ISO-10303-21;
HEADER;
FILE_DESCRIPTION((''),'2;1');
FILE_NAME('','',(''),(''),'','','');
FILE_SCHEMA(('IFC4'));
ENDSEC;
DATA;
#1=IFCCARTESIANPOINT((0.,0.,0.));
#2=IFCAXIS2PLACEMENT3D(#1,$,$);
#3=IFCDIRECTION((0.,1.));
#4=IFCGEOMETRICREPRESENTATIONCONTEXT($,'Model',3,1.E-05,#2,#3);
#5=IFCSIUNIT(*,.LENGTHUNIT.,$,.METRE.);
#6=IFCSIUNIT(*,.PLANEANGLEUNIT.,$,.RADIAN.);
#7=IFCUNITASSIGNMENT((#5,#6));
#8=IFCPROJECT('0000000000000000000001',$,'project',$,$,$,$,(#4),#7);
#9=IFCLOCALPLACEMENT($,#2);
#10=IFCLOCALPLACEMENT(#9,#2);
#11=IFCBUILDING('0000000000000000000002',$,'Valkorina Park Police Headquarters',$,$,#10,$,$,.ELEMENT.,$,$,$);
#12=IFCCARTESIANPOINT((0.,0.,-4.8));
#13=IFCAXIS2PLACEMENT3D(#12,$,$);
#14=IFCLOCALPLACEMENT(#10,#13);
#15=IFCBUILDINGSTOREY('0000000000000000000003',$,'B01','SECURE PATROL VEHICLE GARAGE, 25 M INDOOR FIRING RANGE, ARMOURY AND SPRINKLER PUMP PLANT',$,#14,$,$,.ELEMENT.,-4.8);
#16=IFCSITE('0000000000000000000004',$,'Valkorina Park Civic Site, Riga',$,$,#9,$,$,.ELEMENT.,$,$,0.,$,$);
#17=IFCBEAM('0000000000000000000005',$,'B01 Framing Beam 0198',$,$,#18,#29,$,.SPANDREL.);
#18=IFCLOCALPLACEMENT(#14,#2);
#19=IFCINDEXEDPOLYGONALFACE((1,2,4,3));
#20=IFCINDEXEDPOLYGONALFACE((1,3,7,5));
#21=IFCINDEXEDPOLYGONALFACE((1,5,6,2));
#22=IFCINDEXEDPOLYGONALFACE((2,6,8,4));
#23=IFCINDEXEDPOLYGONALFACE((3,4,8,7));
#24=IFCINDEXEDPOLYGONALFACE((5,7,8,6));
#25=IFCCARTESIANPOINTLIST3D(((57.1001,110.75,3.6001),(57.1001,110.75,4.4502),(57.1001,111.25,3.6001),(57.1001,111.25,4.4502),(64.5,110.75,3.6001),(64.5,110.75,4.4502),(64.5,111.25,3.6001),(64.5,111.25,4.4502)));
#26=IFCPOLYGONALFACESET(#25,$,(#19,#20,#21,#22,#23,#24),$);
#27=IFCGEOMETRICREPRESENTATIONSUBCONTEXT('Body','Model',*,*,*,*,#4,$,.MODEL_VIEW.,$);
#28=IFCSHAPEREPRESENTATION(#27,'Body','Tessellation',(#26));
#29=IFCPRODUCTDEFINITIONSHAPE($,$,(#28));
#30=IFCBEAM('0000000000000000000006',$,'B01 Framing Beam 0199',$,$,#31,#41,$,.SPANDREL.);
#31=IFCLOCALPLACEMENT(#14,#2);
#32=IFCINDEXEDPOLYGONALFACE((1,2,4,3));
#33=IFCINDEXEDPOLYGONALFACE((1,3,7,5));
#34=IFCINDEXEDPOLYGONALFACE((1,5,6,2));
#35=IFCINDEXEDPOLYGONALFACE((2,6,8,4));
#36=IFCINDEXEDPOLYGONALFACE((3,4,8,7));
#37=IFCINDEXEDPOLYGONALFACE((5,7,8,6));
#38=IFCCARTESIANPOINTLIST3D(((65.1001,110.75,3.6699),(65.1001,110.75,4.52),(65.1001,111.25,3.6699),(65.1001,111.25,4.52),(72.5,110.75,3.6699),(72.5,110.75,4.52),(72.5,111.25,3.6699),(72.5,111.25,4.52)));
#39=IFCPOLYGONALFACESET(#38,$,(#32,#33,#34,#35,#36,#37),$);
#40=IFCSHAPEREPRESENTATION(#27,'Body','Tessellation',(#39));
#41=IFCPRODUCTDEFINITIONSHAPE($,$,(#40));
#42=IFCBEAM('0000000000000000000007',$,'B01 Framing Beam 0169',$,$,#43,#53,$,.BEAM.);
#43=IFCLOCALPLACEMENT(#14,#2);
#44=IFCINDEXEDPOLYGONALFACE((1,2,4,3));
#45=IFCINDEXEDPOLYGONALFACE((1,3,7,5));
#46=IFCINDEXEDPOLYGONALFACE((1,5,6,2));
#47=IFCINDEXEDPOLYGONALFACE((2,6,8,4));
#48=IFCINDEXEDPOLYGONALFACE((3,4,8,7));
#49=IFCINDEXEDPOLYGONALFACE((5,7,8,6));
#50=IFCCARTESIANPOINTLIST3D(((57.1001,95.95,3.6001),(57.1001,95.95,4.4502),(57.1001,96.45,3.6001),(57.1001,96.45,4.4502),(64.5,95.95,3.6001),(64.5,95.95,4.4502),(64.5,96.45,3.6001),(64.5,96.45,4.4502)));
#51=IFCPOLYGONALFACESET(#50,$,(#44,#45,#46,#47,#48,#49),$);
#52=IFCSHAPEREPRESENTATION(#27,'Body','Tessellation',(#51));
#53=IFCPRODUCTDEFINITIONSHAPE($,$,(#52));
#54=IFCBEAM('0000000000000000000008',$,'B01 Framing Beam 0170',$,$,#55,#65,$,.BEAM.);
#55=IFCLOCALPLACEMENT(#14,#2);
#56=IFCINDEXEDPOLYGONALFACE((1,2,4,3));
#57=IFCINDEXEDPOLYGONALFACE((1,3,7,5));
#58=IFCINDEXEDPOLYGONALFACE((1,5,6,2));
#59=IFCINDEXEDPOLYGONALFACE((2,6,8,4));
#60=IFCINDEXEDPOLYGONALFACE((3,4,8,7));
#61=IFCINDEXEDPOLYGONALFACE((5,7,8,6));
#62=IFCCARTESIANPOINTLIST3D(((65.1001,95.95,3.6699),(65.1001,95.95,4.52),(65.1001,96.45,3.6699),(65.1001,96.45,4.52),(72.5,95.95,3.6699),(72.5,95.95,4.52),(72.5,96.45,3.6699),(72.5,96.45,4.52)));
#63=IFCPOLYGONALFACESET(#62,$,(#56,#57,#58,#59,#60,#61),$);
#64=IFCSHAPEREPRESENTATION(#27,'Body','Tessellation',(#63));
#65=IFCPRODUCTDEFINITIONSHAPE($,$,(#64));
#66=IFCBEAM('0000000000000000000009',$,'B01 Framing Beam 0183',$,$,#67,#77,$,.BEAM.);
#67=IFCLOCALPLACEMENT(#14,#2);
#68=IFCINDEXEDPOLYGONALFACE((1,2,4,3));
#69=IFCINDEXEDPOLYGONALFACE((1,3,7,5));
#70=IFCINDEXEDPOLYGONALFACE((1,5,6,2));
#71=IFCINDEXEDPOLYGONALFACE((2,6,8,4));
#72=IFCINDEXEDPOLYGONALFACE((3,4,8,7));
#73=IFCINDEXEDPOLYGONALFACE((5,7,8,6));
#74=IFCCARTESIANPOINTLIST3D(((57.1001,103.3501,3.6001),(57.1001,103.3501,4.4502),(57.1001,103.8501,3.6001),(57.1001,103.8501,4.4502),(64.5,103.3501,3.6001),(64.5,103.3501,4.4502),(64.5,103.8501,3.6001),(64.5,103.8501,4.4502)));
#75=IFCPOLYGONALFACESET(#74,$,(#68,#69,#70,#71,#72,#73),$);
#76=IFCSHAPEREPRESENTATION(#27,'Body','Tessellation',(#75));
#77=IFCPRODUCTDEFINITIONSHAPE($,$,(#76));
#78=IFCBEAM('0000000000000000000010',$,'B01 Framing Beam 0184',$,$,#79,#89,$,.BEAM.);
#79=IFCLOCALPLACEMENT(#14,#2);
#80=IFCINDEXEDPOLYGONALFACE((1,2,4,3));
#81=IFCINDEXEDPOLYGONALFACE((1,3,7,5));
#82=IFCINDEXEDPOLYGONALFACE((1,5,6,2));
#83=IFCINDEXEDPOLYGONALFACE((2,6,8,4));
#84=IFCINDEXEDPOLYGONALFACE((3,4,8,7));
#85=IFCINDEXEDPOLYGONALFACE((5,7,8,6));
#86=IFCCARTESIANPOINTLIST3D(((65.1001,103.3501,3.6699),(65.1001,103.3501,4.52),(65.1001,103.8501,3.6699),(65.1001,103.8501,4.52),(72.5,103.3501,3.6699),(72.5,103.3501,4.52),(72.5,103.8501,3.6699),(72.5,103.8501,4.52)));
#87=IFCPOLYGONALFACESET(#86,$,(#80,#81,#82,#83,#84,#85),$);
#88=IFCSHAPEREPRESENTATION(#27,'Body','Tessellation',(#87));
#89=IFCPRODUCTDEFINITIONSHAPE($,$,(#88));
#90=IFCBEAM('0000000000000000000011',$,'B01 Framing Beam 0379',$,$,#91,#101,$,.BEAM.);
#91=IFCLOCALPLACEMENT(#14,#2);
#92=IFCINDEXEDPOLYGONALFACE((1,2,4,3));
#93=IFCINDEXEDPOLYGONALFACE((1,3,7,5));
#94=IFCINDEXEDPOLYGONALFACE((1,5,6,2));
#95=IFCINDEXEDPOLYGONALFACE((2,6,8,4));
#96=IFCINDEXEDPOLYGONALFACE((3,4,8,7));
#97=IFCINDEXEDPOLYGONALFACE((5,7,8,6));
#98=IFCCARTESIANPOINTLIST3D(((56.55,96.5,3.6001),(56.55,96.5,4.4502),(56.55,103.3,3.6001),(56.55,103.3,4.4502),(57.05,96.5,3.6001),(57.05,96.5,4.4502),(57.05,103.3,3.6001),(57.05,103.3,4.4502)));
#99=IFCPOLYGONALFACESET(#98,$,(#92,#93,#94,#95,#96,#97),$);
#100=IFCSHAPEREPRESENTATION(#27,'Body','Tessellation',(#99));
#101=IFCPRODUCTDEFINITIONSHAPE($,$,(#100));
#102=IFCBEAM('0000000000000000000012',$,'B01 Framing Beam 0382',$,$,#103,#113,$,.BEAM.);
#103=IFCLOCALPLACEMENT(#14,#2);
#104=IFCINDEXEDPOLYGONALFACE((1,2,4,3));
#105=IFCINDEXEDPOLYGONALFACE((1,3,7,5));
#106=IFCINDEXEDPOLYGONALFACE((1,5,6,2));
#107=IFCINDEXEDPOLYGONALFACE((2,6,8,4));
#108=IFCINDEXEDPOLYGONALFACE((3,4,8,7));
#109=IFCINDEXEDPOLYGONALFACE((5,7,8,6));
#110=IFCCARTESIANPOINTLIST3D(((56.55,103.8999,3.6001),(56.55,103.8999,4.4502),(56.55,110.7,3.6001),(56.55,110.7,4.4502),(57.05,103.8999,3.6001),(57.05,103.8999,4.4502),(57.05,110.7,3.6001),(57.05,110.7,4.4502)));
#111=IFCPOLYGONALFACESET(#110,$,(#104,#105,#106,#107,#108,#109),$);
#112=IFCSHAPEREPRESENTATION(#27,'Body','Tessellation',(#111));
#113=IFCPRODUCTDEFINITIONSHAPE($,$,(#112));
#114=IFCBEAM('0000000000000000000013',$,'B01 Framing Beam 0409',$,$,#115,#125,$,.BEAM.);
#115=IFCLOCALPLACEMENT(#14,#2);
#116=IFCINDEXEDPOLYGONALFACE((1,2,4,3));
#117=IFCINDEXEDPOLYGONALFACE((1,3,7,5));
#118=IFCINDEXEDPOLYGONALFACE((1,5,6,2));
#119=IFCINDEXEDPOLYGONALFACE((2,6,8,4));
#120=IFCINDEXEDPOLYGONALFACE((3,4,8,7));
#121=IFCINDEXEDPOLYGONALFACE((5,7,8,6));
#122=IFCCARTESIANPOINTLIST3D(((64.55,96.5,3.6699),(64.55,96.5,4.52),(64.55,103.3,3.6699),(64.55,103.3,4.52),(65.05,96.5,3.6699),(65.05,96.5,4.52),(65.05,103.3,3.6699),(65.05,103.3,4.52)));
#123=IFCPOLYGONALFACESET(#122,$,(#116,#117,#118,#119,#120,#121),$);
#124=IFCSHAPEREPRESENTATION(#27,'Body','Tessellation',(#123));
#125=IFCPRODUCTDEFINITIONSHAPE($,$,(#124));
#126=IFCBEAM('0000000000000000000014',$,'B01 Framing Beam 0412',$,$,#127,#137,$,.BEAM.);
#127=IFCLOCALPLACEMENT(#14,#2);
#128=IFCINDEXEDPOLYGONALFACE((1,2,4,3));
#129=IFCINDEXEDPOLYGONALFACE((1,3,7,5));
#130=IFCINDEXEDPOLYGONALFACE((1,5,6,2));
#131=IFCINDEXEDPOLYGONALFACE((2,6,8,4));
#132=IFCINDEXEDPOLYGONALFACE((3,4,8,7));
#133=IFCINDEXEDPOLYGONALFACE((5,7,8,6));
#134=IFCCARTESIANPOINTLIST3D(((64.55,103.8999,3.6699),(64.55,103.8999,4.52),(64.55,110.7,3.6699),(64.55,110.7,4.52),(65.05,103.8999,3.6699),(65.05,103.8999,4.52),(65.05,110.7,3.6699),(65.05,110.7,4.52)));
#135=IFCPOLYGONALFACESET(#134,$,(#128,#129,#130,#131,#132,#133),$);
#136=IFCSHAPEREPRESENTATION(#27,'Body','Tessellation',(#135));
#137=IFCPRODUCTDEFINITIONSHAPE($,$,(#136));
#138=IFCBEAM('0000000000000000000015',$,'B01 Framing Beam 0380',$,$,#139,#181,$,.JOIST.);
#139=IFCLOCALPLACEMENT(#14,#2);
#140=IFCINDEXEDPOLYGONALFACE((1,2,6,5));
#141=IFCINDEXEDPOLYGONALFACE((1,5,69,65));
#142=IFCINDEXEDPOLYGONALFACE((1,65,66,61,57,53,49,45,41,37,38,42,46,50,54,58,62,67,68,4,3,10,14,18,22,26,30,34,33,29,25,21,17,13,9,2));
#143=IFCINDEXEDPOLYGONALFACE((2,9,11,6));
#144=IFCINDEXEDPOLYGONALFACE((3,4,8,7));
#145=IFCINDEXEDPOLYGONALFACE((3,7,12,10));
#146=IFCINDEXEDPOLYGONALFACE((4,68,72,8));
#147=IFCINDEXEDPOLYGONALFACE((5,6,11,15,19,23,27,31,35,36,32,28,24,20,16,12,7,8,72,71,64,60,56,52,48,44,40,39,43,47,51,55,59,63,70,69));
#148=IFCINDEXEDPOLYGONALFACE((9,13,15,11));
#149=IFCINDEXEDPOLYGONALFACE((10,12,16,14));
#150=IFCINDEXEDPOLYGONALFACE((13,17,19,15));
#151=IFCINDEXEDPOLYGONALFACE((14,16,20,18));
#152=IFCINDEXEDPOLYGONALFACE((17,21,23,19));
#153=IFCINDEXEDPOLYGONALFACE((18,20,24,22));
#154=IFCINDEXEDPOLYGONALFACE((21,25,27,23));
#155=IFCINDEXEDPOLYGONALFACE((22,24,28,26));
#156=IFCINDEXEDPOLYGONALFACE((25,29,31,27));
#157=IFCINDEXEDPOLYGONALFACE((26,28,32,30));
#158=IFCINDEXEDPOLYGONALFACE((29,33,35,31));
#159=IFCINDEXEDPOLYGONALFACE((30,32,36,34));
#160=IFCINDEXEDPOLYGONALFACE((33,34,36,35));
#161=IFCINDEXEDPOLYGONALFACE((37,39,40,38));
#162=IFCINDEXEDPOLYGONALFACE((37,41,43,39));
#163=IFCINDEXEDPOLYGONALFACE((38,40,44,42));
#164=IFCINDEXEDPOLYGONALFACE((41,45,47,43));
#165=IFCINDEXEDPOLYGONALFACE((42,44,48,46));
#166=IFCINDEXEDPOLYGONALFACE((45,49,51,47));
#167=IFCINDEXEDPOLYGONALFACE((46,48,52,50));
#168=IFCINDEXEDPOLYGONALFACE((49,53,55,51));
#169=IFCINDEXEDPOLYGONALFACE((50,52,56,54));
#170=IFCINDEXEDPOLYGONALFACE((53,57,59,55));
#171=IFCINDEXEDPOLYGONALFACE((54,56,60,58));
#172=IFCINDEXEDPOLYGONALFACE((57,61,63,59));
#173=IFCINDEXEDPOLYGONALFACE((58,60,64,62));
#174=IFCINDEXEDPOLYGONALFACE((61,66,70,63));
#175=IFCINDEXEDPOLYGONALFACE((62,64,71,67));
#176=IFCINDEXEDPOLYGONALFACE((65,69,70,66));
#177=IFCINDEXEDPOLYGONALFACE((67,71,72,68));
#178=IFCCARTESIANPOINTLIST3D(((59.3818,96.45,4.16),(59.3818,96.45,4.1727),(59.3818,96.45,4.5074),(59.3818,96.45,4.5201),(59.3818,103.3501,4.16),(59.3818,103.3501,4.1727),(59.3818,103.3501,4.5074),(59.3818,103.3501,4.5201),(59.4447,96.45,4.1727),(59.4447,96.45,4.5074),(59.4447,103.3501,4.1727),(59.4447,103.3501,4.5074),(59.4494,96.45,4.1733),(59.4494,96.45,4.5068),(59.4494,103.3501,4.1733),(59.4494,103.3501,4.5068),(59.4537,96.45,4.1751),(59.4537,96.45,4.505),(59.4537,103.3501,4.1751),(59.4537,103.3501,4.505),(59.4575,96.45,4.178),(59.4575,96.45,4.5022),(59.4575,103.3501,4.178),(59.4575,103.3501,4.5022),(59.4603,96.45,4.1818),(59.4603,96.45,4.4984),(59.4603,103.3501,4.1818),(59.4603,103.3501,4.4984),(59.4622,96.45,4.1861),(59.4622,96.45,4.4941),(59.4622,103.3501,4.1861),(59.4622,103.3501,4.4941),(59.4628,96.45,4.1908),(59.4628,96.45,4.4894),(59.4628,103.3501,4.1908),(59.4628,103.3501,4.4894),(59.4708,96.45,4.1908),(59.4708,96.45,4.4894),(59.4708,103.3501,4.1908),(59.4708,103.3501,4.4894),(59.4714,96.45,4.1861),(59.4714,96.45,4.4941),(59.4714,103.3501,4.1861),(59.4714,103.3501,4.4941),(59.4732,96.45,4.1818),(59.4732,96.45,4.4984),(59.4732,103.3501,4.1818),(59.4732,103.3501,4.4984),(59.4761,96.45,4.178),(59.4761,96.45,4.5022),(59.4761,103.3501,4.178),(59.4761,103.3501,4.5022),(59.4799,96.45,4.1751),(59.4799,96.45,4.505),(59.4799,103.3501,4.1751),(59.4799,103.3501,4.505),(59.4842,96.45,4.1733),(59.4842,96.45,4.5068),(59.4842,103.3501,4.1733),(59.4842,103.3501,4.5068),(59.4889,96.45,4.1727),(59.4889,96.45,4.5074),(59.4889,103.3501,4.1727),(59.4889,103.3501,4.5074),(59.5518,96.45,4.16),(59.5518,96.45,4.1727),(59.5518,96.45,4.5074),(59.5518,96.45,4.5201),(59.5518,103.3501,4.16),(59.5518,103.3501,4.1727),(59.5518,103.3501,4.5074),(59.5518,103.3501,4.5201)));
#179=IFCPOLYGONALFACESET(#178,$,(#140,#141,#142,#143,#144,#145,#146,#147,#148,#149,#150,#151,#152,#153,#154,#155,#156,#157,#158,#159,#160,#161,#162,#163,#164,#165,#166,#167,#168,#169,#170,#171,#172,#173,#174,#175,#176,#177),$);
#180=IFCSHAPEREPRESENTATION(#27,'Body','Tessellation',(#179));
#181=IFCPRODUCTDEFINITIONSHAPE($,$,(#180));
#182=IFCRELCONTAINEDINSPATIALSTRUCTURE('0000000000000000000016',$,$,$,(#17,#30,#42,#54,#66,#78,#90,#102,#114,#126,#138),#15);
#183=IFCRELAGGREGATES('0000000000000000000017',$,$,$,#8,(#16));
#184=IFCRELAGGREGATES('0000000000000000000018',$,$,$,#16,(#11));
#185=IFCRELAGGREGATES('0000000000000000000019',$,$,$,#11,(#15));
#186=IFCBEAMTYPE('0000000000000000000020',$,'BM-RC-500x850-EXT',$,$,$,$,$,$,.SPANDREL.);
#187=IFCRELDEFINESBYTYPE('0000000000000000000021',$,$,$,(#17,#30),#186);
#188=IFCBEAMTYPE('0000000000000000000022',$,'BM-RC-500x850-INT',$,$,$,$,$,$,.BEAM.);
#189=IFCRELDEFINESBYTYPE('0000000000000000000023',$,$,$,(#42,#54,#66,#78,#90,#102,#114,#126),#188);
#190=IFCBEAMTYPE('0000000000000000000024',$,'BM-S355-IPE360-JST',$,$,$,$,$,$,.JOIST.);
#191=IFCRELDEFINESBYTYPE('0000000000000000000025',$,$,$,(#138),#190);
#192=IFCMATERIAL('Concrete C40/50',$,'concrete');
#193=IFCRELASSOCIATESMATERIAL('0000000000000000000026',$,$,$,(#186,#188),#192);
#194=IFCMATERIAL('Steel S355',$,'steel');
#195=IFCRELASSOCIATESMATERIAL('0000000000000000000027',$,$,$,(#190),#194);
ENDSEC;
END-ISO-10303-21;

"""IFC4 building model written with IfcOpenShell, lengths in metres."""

from ifc_helpers import new_model, si_unit, direction, frame, origin, origin_2d, place, context, subcontext, project, spatial, rectangle, i_section, extrude, material, material_profile, profile_set, type_object, element, save


model = new_model("IFC4")

# Units and contexts
model_context = context("Model", 3, precision=1e-05, world=origin(), true_north=direction((0.0, 1.0)))
body_context = subcontext(model_context, "Body", "Model", "MODEL_VIEW")
ifc_project = project(units=[si_unit("LENGTHUNIT", "METRE"), si_unit("PLANEANGLEUNIT", "RADIAN")], contexts=[model_context])

# Site, building, storey
site_placement = place(None, origin())
site = spatial("IfcSite", under=ifc_project, at=site_placement, Name="Valkorina Park Civic Site, Riga", CompositionType="ELEMENT", RefElevation=0.0)
building_placement = place(site_placement, origin())
building = spatial("IfcBuilding", under=site, at=building_placement, Name="Valkorina Park Police Headquarters", CompositionType="ELEMENT")
storey_placement = place(building_placement, frame((0.0, 0.0, -4.8)))
storey = spatial("IfcBuildingStorey", under=building, at=storey_placement, Name="B01", Description="SECURE PATROL VEHICLE GARAGE, 25 M INDOOR FIRING RANGE, ARMOURY AND SPRINKLER PUMP PLANT", CompositionType="ELEMENT", Elevation=-4.8)

# Shared definitions
ifc_material_1 = material(Name="Concrete C40/50", Category="concrete")

# Beams
ifc_material_profile_1 = material_profile(ifc_material_1, rectangle(XDim=0.5, YDim=0.8501, at=origin_2d()), Name="RC BEAM 500x850")
ifc_profile_set_1 = profile_set([ifc_material_profile_1], Name="Concrete C40/50")
beam_type_1 = type_object("IfcBeamType", Name="BM-RC-500x850-EXT", PredefinedType="SPANDREL", material=ifc_profile_set_1)
for number, where, z_axis, x_axis, name in (
    (1, (57.1001, 111.0, 4.0251), (1.0, 0.0, 0.0), (0.0, 1.0, 0.0), "B01 Framing Beam 0198"),
    (2, (65.1001, 111.0, 4.095), (1.0, 0.0, 0.0), (0.0, 1.0, 0.0), "B01 Framing Beam 0199"),
):
    element("IfcBeam", number, at=place(storey_placement, frame(where, z_axis=z_axis, x_axis=x_axis)), inside=storey, type_object=beam_type_1, Name=name, PredefinedType="SPANDREL", context=body_context, shape_type="SweptSolid", body=[
        extrude(rectangle(XDim=0.5, YDim=0.8501, at=origin_2d()), origin(), (0.0, 0.0, 1.0), 7.3999),
    ])
ifc_material_profile_2 = material_profile(ifc_material_1, rectangle(XDim=0.5, YDim=0.8501, at=origin_2d()), Name="RC BEAM 500x850")
ifc_profile_set_2 = profile_set([ifc_material_profile_2], Name="Concrete C40/50")
beam_type_2 = type_object("IfcBeamType", Name="BM-RC-500x850-INT", PredefinedType="BEAM", material=ifc_profile_set_2)
for number, where, z_axis, x_axis, name in (
    (3, (57.1001, 96.2, 4.0251), (1.0, 0.0, 0.0), (0.0, 1.0, 0.0), "B01 Framing Beam 0169"),
    (4, (65.1001, 96.2, 4.095), (1.0, 0.0, 0.0), (0.0, 1.0, 0.0), "B01 Framing Beam 0170"),
    (5, (57.1001, 103.6001, 4.0251), (1.0, 0.0, 0.0), (0.0, 1.0, 0.0), "B01 Framing Beam 0183"),
    (6, (65.1001, 103.6001, 4.095), (1.0, 0.0, 0.0), (0.0, 1.0, 0.0), "B01 Framing Beam 0184"),
):
    element("IfcBeam", number, at=place(storey_placement, frame(where, z_axis=z_axis, x_axis=x_axis)), inside=storey, type_object=beam_type_2, Name=name, PredefinedType="BEAM", context=body_context, shape_type="SweptSolid", body=[
        extrude(rectangle(XDim=0.5, YDim=0.8501, at=origin_2d()), origin(), (0.0, 0.0, 1.0), 7.3999),
    ])
for number, where, z_axis, x_axis, name in (
    (7, (56.8, 96.5, 4.0251), (0.0, 1.0, 0.0), (-1.0, 0.0, 0.0), "B01 Framing Beam 0379"),
    (8, (56.8, 103.8999, 4.0251), (0.0, 1.0, 0.0), (-1.0, 0.0, 0.0), "B01 Framing Beam 0382"),
    (9, (64.8, 96.5, 4.095), (0.0, 1.0, 0.0), (-1.0, 0.0, 0.0), "B01 Framing Beam 0409"),
    (10, (64.8, 103.8999, 4.095), (0.0, 1.0, 0.0), (-1.0, 0.0, 0.0), "B01 Framing Beam 0412"),
):
    element("IfcBeam", number, at=place(storey_placement, frame(where, z_axis=z_axis, x_axis=x_axis)), inside=storey, type_object=beam_type_2, Name=name, PredefinedType="BEAM", context=body_context, shape_type="SweptSolid", body=[
        extrude(rectangle(XDim=0.5, YDim=0.8501, at=origin_2d()), origin(), (0.0, 0.0, 1.0), 6.8),
    ])
ifc_material_2 = material(Name="Steel S355", Category="steel")
ifc_material_profile_3 = material_profile(ifc_material_2, i_section(OverallWidth=0.1699, OverallDepth=0.3601, WebThickness=0.0081, FlangeThickness=0.0127, FilletRadius=0.0181, at=origin_2d()), Name="IPE 360")
ifc_profile_set_3 = profile_set([ifc_material_profile_3], Name="Steel S355")
beam_type_3 = type_object("IfcBeamType", Name="BM-S355-IPE360-JST", PredefinedType="JOIST", material=ifc_profile_set_3)
for number, where, z_axis, x_axis, name in (
    (11, (59.4668, 96.45, 4.3401), (0.0, 1.0, 0.0), (-1.0, 0.0, 0.0), "B01 Framing Beam 0380"),
):
    element("IfcBeam", number, at=place(storey_placement, frame(where, z_axis=z_axis, x_axis=x_axis)), inside=storey, type_object=beam_type_3, Name=name, PredefinedType="JOIST", context=body_context, shape_type="SweptSolid", body=[
        extrude(i_section(OverallWidth=0.1699, OverallDepth=0.3601, WebThickness=0.0081, FlangeThickness=0.0127, FilletRadius=0.0181, at=origin_2d()), origin(), (0.0, 0.0, 1.0), 6.9001),
    ])

save(model, "model.ifc")
